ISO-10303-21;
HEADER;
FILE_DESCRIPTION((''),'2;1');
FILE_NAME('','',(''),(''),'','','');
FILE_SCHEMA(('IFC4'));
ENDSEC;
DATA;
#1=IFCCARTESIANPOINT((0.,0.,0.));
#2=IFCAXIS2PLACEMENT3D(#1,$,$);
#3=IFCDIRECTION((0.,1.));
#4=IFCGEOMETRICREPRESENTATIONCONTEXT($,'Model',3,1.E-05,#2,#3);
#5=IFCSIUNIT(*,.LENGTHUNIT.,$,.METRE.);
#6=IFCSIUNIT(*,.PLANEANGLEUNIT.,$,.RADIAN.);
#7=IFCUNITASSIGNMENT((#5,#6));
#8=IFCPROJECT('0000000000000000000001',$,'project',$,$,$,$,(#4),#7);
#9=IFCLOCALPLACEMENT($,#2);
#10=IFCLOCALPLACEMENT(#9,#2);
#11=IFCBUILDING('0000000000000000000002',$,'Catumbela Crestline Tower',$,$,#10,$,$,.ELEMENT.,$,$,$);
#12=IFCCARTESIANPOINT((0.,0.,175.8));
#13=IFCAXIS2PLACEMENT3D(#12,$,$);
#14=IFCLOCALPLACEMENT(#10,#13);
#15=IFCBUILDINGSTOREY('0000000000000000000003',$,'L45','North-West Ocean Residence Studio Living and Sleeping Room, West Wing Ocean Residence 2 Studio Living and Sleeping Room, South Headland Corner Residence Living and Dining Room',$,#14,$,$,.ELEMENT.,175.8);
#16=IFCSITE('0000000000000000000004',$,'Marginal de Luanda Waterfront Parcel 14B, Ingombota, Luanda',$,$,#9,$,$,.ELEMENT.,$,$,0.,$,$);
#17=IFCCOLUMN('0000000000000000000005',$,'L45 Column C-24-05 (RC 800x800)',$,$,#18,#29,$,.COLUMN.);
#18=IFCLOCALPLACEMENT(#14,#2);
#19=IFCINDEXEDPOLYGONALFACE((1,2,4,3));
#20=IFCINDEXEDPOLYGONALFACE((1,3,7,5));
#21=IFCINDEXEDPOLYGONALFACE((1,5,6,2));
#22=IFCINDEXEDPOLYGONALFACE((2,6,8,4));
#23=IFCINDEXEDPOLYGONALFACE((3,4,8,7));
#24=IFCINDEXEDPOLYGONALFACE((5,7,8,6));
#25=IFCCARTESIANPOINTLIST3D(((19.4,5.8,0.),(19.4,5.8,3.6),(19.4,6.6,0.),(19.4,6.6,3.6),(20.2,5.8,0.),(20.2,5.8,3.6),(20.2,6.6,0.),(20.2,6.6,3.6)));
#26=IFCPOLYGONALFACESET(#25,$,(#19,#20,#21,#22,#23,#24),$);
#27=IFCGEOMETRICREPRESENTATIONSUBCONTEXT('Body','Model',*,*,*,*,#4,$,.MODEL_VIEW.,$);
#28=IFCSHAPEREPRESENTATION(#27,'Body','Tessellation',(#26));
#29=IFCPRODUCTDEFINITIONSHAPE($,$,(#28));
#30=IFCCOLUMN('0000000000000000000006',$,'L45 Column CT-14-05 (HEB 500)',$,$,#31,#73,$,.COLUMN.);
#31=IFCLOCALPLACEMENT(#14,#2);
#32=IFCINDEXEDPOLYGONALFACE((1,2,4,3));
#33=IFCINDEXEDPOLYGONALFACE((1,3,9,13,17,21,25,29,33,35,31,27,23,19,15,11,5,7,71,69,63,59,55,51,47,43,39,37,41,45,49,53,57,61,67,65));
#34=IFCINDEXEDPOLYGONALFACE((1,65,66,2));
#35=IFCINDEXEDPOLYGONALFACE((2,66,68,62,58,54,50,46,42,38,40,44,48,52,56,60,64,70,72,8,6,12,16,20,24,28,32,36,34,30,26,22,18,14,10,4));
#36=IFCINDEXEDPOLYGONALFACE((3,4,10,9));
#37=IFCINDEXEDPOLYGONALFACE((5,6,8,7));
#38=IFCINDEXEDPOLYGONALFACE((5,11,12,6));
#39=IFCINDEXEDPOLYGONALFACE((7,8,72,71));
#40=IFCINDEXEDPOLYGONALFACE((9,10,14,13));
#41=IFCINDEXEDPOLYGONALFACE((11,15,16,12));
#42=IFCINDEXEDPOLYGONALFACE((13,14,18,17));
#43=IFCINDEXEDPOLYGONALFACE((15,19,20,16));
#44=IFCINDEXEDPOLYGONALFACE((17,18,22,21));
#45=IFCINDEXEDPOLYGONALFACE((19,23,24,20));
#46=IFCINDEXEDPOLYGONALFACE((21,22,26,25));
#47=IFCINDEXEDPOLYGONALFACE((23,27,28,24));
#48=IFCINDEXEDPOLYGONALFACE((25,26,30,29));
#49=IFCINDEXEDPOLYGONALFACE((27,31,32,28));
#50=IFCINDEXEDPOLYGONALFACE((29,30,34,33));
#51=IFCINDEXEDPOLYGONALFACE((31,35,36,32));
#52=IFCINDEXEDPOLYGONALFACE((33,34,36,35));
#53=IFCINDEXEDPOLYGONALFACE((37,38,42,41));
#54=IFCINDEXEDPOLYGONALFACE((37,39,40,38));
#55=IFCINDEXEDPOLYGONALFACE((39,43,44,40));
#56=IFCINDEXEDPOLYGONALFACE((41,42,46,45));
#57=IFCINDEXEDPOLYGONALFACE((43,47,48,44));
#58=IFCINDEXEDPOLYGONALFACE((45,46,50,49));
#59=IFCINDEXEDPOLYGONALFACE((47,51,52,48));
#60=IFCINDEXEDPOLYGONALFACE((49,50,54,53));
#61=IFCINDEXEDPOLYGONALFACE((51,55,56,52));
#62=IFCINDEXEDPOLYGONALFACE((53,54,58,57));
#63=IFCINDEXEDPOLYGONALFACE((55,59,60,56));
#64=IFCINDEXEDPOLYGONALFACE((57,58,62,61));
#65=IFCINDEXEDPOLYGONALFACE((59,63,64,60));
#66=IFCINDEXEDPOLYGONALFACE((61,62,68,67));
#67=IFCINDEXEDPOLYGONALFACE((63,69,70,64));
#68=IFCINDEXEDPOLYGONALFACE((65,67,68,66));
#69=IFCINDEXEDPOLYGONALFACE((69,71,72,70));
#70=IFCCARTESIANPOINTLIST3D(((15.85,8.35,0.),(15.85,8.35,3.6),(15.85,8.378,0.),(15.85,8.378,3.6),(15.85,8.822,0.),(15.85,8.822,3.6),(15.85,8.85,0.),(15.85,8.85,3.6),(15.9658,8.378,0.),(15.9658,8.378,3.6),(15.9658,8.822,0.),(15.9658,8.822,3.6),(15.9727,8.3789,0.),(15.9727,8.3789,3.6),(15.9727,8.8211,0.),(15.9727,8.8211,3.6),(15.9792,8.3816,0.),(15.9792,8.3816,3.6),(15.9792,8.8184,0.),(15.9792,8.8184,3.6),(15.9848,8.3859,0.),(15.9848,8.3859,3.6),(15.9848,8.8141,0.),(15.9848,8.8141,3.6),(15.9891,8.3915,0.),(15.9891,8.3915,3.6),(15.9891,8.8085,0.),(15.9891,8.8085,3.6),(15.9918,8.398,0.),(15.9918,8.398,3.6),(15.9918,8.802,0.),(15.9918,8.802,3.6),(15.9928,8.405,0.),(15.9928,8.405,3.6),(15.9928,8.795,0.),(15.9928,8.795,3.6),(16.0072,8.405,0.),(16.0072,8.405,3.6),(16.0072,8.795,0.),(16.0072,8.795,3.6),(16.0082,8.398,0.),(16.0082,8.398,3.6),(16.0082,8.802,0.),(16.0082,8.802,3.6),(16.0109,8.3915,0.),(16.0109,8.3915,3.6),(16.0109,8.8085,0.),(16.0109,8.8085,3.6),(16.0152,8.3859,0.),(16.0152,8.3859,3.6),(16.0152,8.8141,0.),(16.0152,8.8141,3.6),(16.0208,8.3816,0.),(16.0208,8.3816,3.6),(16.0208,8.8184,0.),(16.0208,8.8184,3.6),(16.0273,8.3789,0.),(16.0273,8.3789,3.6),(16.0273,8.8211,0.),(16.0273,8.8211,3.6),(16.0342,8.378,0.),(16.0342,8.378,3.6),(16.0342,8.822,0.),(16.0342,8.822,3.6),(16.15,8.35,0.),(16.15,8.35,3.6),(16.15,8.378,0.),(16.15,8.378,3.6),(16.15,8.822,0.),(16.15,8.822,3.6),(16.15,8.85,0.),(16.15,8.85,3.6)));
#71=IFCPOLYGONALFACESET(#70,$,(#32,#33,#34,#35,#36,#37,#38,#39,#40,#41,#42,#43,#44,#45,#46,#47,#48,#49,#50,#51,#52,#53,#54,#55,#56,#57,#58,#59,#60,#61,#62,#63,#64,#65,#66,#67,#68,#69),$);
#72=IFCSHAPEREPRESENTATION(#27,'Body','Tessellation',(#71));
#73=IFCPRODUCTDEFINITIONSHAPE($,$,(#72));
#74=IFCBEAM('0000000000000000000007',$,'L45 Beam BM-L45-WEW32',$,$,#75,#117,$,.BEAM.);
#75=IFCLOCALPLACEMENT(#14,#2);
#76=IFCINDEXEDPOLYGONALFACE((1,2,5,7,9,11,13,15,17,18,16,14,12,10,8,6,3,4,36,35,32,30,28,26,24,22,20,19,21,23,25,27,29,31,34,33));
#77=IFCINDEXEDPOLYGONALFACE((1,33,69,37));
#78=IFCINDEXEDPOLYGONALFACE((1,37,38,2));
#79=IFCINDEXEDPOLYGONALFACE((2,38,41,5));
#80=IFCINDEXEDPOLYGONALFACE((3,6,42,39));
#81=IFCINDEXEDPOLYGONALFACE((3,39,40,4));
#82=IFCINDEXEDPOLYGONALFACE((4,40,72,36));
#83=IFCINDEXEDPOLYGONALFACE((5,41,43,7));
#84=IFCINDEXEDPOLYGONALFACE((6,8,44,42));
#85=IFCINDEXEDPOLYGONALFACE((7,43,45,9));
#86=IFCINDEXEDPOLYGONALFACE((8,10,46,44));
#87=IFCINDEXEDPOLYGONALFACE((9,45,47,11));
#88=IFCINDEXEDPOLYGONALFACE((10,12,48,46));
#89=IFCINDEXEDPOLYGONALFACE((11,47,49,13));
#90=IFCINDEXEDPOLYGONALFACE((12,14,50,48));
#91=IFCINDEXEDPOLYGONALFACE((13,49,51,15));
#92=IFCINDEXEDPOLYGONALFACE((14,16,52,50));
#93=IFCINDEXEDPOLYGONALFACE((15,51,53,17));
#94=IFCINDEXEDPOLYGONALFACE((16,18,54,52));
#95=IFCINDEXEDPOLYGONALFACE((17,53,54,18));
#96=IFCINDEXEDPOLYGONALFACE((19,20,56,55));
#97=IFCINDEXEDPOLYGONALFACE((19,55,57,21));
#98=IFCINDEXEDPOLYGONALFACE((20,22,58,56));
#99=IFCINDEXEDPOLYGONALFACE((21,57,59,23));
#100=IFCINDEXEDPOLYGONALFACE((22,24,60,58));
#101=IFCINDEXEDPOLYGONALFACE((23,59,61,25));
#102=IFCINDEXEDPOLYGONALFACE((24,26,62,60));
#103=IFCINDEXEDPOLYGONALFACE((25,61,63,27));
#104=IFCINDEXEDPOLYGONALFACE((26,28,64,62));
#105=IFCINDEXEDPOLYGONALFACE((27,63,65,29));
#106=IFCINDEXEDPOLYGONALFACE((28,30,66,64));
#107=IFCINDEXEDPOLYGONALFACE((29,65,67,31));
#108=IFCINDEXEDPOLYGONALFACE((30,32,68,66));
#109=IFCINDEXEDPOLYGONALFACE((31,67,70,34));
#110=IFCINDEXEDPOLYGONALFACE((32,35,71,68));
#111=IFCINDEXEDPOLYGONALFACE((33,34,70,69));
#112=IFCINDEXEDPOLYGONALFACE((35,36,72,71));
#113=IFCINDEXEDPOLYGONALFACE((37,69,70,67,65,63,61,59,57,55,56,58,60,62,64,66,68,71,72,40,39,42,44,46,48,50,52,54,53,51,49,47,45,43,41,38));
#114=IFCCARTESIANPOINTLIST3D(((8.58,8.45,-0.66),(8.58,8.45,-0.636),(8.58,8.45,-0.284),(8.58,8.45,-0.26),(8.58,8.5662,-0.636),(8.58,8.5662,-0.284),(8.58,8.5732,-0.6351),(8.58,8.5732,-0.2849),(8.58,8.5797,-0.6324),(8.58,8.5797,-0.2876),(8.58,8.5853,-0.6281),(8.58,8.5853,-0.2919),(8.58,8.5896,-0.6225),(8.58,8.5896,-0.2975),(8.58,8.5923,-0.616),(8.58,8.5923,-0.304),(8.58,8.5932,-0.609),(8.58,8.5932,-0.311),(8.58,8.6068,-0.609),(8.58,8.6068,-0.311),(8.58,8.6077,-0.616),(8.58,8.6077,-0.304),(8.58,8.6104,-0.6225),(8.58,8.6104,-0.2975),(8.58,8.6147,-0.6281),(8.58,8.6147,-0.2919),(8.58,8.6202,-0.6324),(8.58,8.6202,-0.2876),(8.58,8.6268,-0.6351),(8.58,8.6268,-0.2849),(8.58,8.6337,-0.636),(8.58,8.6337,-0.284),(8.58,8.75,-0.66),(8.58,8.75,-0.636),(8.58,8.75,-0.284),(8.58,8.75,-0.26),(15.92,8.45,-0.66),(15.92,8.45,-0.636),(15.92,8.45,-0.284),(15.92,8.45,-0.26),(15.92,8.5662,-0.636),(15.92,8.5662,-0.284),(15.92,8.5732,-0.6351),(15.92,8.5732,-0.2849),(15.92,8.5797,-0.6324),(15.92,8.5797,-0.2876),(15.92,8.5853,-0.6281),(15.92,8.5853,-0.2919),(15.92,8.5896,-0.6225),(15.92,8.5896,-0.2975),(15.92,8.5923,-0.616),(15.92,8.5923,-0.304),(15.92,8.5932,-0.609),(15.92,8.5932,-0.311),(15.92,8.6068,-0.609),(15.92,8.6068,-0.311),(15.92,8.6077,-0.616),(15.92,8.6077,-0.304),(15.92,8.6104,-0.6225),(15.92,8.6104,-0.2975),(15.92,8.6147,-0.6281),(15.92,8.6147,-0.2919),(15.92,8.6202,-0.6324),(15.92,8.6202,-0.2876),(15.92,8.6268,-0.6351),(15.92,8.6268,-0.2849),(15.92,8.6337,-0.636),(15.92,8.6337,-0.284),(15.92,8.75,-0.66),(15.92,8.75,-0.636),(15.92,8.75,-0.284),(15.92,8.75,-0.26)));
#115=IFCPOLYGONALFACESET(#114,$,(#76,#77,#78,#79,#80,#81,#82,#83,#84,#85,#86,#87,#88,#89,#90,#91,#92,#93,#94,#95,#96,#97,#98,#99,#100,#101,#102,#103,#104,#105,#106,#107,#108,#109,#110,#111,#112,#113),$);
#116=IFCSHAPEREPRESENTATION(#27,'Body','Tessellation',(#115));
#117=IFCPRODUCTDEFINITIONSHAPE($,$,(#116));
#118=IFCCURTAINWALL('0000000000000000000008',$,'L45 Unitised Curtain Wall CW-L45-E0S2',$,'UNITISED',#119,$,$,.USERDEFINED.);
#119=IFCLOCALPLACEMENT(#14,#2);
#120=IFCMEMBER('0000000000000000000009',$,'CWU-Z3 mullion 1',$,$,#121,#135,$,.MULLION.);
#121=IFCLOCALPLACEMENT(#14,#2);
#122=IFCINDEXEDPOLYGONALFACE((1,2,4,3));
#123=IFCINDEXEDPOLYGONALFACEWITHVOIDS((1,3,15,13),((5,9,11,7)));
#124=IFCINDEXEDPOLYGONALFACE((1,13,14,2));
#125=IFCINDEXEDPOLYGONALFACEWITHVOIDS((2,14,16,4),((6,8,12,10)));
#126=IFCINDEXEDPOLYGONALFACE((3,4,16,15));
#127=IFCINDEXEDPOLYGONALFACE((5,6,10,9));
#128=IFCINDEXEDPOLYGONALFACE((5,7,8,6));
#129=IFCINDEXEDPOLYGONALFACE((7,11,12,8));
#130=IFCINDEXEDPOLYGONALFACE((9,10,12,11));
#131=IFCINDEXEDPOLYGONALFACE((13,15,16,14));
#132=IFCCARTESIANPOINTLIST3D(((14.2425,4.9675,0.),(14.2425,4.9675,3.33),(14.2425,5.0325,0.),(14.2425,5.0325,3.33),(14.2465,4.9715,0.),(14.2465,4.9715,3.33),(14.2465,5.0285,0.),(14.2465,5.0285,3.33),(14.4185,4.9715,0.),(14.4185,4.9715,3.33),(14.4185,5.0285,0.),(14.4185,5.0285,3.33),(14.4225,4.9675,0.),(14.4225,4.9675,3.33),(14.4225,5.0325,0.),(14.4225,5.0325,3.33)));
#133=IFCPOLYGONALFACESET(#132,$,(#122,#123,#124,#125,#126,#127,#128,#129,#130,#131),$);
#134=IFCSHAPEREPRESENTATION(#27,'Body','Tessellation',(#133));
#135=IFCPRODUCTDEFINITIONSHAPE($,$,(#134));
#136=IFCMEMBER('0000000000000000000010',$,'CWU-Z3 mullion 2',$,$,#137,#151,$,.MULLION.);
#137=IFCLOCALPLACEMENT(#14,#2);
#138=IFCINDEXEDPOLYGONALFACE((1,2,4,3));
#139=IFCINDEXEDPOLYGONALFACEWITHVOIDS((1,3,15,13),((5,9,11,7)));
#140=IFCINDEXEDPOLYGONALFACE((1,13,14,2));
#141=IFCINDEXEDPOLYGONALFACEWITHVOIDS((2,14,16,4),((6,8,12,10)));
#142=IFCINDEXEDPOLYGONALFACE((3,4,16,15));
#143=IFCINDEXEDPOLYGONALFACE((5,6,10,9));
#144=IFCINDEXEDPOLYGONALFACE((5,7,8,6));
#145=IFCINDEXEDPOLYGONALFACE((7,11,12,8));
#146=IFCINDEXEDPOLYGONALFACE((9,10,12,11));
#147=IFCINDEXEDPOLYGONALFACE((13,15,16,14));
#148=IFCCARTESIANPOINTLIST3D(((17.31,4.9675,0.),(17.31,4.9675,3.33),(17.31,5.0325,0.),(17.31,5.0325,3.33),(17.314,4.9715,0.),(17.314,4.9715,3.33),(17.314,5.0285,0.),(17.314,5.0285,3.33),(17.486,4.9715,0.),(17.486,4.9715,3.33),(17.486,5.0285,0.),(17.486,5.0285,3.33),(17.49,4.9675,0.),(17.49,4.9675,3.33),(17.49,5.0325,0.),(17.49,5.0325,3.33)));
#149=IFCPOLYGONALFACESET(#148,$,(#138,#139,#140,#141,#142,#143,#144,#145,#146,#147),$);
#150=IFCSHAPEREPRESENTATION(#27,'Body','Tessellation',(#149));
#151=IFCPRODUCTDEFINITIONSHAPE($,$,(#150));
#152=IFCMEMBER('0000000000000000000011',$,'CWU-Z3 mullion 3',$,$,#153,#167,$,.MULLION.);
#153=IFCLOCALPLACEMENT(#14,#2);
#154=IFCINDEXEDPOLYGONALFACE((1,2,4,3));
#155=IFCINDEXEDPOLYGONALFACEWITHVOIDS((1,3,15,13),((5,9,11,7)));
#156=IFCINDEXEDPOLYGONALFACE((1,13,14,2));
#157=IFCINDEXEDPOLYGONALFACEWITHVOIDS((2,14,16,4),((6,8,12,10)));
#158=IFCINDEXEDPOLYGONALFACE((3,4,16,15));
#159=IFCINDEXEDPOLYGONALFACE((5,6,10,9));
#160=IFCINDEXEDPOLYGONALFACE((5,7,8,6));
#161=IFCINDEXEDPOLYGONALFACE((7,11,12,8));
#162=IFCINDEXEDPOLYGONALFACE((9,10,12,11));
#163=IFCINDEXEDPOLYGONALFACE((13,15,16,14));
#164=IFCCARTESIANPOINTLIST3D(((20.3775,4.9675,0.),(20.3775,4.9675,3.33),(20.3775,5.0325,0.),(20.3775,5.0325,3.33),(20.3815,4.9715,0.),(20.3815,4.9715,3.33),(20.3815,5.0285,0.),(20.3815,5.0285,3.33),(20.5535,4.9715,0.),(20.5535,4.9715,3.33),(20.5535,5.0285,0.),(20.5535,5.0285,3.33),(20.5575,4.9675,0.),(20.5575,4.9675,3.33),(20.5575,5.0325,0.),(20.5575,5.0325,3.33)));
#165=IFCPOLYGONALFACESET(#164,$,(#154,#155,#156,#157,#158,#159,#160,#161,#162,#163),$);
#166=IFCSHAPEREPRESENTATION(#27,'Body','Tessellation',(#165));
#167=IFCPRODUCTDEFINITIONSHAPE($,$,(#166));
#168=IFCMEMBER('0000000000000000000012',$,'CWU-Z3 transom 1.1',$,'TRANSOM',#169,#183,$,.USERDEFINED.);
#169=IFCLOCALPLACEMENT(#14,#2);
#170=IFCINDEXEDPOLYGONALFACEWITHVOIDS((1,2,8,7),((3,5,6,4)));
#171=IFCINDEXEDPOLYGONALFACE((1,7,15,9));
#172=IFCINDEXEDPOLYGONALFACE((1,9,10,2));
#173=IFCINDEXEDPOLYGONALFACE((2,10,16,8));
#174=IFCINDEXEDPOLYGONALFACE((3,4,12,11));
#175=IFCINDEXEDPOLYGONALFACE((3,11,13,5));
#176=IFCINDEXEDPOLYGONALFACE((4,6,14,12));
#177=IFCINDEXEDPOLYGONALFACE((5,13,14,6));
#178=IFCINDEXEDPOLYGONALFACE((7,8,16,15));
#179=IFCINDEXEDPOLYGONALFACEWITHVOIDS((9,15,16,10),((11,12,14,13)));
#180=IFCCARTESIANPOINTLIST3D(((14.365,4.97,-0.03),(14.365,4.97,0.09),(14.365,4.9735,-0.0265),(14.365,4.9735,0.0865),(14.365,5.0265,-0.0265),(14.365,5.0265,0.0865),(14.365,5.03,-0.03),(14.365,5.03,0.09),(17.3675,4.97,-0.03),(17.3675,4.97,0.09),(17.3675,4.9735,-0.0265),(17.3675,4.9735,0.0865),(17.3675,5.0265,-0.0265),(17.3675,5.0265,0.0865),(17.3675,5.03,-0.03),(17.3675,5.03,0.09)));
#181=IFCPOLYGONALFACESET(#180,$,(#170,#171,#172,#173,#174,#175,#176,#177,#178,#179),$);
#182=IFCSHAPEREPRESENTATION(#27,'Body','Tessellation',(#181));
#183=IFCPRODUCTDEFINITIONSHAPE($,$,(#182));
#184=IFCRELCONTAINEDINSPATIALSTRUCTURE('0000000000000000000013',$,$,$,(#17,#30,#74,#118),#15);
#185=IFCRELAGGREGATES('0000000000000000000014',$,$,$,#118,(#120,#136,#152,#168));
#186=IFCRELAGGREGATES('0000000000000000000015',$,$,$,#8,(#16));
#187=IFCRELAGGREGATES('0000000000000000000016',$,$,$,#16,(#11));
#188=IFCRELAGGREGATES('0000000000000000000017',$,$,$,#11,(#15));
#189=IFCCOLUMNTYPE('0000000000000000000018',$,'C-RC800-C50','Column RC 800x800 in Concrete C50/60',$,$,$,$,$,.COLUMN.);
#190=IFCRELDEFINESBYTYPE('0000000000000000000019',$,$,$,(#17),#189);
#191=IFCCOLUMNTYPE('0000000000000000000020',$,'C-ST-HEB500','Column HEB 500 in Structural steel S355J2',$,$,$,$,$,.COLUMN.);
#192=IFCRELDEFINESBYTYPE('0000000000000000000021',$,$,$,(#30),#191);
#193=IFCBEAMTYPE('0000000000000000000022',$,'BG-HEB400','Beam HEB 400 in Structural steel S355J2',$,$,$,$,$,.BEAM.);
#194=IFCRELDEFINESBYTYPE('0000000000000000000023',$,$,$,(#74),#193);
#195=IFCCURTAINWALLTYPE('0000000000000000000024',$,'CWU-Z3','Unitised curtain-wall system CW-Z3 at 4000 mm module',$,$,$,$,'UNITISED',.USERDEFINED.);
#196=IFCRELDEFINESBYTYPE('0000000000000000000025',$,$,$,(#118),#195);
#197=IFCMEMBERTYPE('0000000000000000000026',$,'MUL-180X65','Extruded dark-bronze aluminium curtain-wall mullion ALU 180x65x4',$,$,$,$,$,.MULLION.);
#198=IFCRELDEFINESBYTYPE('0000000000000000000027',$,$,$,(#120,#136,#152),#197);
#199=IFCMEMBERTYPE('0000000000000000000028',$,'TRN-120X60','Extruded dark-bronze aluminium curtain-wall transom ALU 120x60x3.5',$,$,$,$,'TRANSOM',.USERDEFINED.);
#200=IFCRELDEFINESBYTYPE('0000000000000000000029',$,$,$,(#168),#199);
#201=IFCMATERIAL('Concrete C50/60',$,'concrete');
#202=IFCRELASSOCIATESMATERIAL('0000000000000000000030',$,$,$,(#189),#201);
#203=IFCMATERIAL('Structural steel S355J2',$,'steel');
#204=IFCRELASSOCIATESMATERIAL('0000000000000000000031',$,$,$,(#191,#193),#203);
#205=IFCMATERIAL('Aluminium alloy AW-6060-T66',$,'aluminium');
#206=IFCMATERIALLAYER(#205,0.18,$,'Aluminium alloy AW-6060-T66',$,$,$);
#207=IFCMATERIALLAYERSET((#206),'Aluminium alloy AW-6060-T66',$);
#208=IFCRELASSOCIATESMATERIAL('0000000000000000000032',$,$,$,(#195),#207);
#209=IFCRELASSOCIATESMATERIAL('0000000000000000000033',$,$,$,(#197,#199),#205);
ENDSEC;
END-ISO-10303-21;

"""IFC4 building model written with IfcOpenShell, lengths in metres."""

from ifc_helpers import new_model, si_unit, direction, frame, origin, origin_2d, place, context, subcontext, project, spatial, rectangle, hollow_rectangle, i_section, extrude, material, layer, layer_set, material_profile, profile_set, type_object, element, aggregate, save


model = new_model("IFC4")

# Units and contexts
model_context = context("Model", 3, precision=1e-05, world=origin(), true_north=direction((0.0, 1.0)))
body_context = subcontext(model_context, "Body", "Model", "MODEL_VIEW")
ifc_project = project(units=[si_unit("LENGTHUNIT", "METRE"), si_unit("PLANEANGLEUNIT", "RADIAN")], contexts=[model_context])

# Site, building, storey
site_placement = place(None, origin())
site = spatial("IfcSite", under=ifc_project, at=site_placement, Name="Marginal de Luanda Waterfront Parcel 14B, Ingombota, Luanda", CompositionType="ELEMENT", RefElevation=0.0)
building_placement = place(site_placement, origin())
building = spatial("IfcBuilding", under=site, at=building_placement, Name="Catumbela Crestline Tower", CompositionType="ELEMENT")
storey_placement = place(building_placement, frame((0.0, 0.0, 175.8)))
storey = spatial("IfcBuildingStorey", under=building, at=storey_placement, Name="L45", Description="North-West Ocean Residence Studio Living and Sleeping Room, West Wing Ocean Residence 2 Studio Living and Sleeping Room, South Headland Corner Residence Living and Dining Room", CompositionType="ELEMENT", Elevation=175.8)

# Columns
ifc_material_1 = material(Name="Concrete C50/60", Category="concrete")
ifc_material_profile_1 = material_profile(ifc_material_1, rectangle(XDim=0.8, YDim=0.8, at=origin_2d()), Name="RC 800x800")
ifc_profile_set_1 = profile_set([ifc_material_profile_1], Name="Concrete C50/60")
column_type_1 = type_object("IfcColumnType", Name="C-RC800-C50", Description="Column RC 800x800 in Concrete C50/60", PredefinedType="COLUMN", material=ifc_profile_set_1)
column_1_placement = place(storey_placement, frame((19.8, 6.2, 0.0), z_axis=(0.0, 0.0, 1.0), x_axis=(1.0, 0.0, 0.0)))
element("IfcColumn", 1, at=column_1_placement, inside=storey, type_object=column_type_1, Name="L45 Column C-24-05 (RC 800x800)", PredefinedType="COLUMN", context=body_context, shape_type="SweptSolid", body=[
    extrude(rectangle(XDim=0.8, YDim=0.8, at=origin_2d()), origin(), (0.0, 0.0, 1.0), 3.6),
])
ifc_material_2 = material(Name="Structural steel S355J2", Category="steel")
ifc_material_profile_2 = material_profile(ifc_material_2, i_section(OverallWidth=0.3, OverallDepth=0.5, WebThickness=0.0145, FlangeThickness=0.028, FilletRadius=0.027, at=origin_2d()), Name="HEB 500")
ifc_profile_set_2 = profile_set([ifc_material_profile_2], Name="Structural steel S355J2")
column_type_2 = type_object("IfcColumnType", Name="C-ST-HEB500", Description="Column HEB 500 in Structural steel S355J2", PredefinedType="COLUMN", material=ifc_profile_set_2)
column_2_placement = place(storey_placement, frame((16.0, 8.6, 0.0), z_axis=(0.0, 0.0, 1.0), x_axis=(1.0, 0.0, 0.0)))
element("IfcColumn", 2, at=column_2_placement, inside=storey, type_object=column_type_2, Name="L45 Column CT-14-05 (HEB 500)", PredefinedType="COLUMN", context=body_context, shape_type="SweptSolid", body=[
    extrude(i_section(OverallWidth=0.3, OverallDepth=0.5, WebThickness=0.0145, FlangeThickness=0.028, FilletRadius=0.027, at=origin_2d()), origin(), (0.0, 0.0, 1.0), 3.6),
])

# Beam
ifc_material_profile_3 = material_profile(ifc_material_2, i_section(OverallWidth=0.3, OverallDepth=0.4, WebThickness=0.0135, FlangeThickness=0.024, FilletRadius=0.027, at=origin_2d()), Name="HEB 400")
ifc_profile_set_3 = profile_set([ifc_material_profile_3], Name="Structural steel S355J2")
beam_type = type_object("IfcBeamType", Name="BG-HEB400", Description="Beam HEB 400 in Structural steel S355J2", PredefinedType="BEAM", material=ifc_profile_set_3)
beam_placement = place(storey_placement, frame((8.58, 8.6, -0.46), z_axis=(1.0, 0.0, 0.0), x_axis=(0.0, 1.0, 0.0)))
element("IfcBeam", 3, at=beam_placement, inside=storey, type_object=beam_type, Name="L45 Beam BM-L45-WEW32", PredefinedType="BEAM", context=body_context, shape_type="SweptSolid", body=[
    extrude(i_section(OverallWidth=0.3, OverallDepth=0.4, WebThickness=0.0135, FlangeThickness=0.024, FilletRadius=0.027, at=origin_2d()), origin(), (0.0, 0.0, 1.0), 7.34),
])

# Curtain wall, members
ifc_material_3 = material(Name="Aluminium alloy AW-6060-T66", Category="aluminium")
ifc_layer_1 = layer(ifc_material_3, 0.18, Name="Aluminium alloy AW-6060-T66")
ifc_layer_set_1 = layer_set([ifc_layer_1], Name="Aluminium alloy AW-6060-T66")
curtain_wall_type = type_object("IfcCurtainWallType", Name="CWU-Z3", Description="Unitised curtain-wall system CW-Z3 at 4000 mm module", ElementType="UNITISED", PredefinedType="USERDEFINED", material=ifc_layer_set_1)
curtain_wall_placement = place(storey_placement, origin())
curtain_wall = element("IfcCurtainWall", 4, at=curtain_wall_placement, inside=storey, type_object=curtain_wall_type, Name="L45 Unitised Curtain Wall CW-L45-E0S2", ObjectType="UNITISED", PredefinedType="USERDEFINED")
ifc_material_profile_4 = material_profile(ifc_material_3, hollow_rectangle(XDim=0.065, YDim=0.18, WallThickness=0.004, at=origin_2d()), Name="ALU 180x65x4")
ifc_profile_set_4 = profile_set([ifc_material_profile_4], Name="Aluminium alloy AW-6060-T66")
member_type_1 = type_object("IfcMemberType", Name="MUL-180X65", Description="Extruded dark-bronze aluminium curtain-wall mullion ALU 180x65x4", PredefinedType="MULLION", material=ifc_profile_set_4)
member_1_placement = place(storey_placement, frame((14.3325, 5.0, 0.0), z_axis=(0.0, 0.0, 1.0), x_axis=(0.0, 1.0, 0.0)))
member_1 = element("IfcMember", 5, at=member_1_placement, type_object=member_type_1, Name="CWU-Z3 mullion 1", PredefinedType="MULLION", context=body_context, shape_type="SweptSolid", body=[
    extrude(hollow_rectangle(XDim=0.065, YDim=0.18, WallThickness=0.004, at=origin_2d()), origin(), (0.0, 0.0, 1.0), 3.33),
])
member_2_placement = place(storey_placement, frame((17.4, 5.0, 0.0), z_axis=(0.0, 0.0, 1.0), x_axis=(0.0, 1.0, 0.0)))
member_2 = element("IfcMember", 6, at=member_2_placement, type_object=member_type_1, Name="CWU-Z3 mullion 2", PredefinedType="MULLION", context=body_context, shape_type="SweptSolid", body=[
    extrude(hollow_rectangle(XDim=0.065, YDim=0.18, WallThickness=0.004, at=origin_2d()), origin(), (0.0, 0.0, 1.0), 3.33),
])
member_3_placement = place(storey_placement, frame((20.4675, 5.0, 0.0), z_axis=(0.0, 0.0, 1.0), x_axis=(0.0, 1.0, 0.0)))
member_3 = element("IfcMember", 7, at=member_3_placement, type_object=member_type_1, Name="CWU-Z3 mullion 3", PredefinedType="MULLION", context=body_context, shape_type="SweptSolid", body=[
    extrude(hollow_rectangle(XDim=0.065, YDim=0.18, WallThickness=0.004, at=origin_2d()), origin(), (0.0, 0.0, 1.0), 3.33),
])
ifc_material_profile_5 = material_profile(ifc_material_3, hollow_rectangle(XDim=0.06, YDim=0.12, WallThickness=0.0035, at=origin_2d()), Name="ALU 120x60x3.5")
ifc_profile_set_5 = profile_set([ifc_material_profile_5], Name="Aluminium alloy AW-6060-T66")
member_type_2 = type_object("IfcMemberType", Name="TRN-120X60", Description="Extruded dark-bronze aluminium curtain-wall transom ALU 120x60x3.5", ElementType="TRANSOM", PredefinedType="USERDEFINED", material=ifc_profile_set_5)
member_4_placement = place(storey_placement, frame((14.365, 5.0, 0.03), z_axis=(1.0, 0.0, 0.0), x_axis=(0.0, 1.0, 0.0)))
member_4 = element("IfcMember", 8, at=member_4_placement, type_object=member_type_2, Name="CWU-Z3 transom 1.1", ObjectType="TRANSOM", PredefinedType="USERDEFINED", context=body_context, shape_type="SweptSolid", body=[
    extrude(hollow_rectangle(XDim=0.06, YDim=0.12, WallThickness=0.0035, at=origin_2d()), origin(), (0.0, 0.0, 1.0), 3.0025),
])
aggregate(curtain_wall, [member_1, member_2, member_3, member_4])

save(model, "model.ifc")
